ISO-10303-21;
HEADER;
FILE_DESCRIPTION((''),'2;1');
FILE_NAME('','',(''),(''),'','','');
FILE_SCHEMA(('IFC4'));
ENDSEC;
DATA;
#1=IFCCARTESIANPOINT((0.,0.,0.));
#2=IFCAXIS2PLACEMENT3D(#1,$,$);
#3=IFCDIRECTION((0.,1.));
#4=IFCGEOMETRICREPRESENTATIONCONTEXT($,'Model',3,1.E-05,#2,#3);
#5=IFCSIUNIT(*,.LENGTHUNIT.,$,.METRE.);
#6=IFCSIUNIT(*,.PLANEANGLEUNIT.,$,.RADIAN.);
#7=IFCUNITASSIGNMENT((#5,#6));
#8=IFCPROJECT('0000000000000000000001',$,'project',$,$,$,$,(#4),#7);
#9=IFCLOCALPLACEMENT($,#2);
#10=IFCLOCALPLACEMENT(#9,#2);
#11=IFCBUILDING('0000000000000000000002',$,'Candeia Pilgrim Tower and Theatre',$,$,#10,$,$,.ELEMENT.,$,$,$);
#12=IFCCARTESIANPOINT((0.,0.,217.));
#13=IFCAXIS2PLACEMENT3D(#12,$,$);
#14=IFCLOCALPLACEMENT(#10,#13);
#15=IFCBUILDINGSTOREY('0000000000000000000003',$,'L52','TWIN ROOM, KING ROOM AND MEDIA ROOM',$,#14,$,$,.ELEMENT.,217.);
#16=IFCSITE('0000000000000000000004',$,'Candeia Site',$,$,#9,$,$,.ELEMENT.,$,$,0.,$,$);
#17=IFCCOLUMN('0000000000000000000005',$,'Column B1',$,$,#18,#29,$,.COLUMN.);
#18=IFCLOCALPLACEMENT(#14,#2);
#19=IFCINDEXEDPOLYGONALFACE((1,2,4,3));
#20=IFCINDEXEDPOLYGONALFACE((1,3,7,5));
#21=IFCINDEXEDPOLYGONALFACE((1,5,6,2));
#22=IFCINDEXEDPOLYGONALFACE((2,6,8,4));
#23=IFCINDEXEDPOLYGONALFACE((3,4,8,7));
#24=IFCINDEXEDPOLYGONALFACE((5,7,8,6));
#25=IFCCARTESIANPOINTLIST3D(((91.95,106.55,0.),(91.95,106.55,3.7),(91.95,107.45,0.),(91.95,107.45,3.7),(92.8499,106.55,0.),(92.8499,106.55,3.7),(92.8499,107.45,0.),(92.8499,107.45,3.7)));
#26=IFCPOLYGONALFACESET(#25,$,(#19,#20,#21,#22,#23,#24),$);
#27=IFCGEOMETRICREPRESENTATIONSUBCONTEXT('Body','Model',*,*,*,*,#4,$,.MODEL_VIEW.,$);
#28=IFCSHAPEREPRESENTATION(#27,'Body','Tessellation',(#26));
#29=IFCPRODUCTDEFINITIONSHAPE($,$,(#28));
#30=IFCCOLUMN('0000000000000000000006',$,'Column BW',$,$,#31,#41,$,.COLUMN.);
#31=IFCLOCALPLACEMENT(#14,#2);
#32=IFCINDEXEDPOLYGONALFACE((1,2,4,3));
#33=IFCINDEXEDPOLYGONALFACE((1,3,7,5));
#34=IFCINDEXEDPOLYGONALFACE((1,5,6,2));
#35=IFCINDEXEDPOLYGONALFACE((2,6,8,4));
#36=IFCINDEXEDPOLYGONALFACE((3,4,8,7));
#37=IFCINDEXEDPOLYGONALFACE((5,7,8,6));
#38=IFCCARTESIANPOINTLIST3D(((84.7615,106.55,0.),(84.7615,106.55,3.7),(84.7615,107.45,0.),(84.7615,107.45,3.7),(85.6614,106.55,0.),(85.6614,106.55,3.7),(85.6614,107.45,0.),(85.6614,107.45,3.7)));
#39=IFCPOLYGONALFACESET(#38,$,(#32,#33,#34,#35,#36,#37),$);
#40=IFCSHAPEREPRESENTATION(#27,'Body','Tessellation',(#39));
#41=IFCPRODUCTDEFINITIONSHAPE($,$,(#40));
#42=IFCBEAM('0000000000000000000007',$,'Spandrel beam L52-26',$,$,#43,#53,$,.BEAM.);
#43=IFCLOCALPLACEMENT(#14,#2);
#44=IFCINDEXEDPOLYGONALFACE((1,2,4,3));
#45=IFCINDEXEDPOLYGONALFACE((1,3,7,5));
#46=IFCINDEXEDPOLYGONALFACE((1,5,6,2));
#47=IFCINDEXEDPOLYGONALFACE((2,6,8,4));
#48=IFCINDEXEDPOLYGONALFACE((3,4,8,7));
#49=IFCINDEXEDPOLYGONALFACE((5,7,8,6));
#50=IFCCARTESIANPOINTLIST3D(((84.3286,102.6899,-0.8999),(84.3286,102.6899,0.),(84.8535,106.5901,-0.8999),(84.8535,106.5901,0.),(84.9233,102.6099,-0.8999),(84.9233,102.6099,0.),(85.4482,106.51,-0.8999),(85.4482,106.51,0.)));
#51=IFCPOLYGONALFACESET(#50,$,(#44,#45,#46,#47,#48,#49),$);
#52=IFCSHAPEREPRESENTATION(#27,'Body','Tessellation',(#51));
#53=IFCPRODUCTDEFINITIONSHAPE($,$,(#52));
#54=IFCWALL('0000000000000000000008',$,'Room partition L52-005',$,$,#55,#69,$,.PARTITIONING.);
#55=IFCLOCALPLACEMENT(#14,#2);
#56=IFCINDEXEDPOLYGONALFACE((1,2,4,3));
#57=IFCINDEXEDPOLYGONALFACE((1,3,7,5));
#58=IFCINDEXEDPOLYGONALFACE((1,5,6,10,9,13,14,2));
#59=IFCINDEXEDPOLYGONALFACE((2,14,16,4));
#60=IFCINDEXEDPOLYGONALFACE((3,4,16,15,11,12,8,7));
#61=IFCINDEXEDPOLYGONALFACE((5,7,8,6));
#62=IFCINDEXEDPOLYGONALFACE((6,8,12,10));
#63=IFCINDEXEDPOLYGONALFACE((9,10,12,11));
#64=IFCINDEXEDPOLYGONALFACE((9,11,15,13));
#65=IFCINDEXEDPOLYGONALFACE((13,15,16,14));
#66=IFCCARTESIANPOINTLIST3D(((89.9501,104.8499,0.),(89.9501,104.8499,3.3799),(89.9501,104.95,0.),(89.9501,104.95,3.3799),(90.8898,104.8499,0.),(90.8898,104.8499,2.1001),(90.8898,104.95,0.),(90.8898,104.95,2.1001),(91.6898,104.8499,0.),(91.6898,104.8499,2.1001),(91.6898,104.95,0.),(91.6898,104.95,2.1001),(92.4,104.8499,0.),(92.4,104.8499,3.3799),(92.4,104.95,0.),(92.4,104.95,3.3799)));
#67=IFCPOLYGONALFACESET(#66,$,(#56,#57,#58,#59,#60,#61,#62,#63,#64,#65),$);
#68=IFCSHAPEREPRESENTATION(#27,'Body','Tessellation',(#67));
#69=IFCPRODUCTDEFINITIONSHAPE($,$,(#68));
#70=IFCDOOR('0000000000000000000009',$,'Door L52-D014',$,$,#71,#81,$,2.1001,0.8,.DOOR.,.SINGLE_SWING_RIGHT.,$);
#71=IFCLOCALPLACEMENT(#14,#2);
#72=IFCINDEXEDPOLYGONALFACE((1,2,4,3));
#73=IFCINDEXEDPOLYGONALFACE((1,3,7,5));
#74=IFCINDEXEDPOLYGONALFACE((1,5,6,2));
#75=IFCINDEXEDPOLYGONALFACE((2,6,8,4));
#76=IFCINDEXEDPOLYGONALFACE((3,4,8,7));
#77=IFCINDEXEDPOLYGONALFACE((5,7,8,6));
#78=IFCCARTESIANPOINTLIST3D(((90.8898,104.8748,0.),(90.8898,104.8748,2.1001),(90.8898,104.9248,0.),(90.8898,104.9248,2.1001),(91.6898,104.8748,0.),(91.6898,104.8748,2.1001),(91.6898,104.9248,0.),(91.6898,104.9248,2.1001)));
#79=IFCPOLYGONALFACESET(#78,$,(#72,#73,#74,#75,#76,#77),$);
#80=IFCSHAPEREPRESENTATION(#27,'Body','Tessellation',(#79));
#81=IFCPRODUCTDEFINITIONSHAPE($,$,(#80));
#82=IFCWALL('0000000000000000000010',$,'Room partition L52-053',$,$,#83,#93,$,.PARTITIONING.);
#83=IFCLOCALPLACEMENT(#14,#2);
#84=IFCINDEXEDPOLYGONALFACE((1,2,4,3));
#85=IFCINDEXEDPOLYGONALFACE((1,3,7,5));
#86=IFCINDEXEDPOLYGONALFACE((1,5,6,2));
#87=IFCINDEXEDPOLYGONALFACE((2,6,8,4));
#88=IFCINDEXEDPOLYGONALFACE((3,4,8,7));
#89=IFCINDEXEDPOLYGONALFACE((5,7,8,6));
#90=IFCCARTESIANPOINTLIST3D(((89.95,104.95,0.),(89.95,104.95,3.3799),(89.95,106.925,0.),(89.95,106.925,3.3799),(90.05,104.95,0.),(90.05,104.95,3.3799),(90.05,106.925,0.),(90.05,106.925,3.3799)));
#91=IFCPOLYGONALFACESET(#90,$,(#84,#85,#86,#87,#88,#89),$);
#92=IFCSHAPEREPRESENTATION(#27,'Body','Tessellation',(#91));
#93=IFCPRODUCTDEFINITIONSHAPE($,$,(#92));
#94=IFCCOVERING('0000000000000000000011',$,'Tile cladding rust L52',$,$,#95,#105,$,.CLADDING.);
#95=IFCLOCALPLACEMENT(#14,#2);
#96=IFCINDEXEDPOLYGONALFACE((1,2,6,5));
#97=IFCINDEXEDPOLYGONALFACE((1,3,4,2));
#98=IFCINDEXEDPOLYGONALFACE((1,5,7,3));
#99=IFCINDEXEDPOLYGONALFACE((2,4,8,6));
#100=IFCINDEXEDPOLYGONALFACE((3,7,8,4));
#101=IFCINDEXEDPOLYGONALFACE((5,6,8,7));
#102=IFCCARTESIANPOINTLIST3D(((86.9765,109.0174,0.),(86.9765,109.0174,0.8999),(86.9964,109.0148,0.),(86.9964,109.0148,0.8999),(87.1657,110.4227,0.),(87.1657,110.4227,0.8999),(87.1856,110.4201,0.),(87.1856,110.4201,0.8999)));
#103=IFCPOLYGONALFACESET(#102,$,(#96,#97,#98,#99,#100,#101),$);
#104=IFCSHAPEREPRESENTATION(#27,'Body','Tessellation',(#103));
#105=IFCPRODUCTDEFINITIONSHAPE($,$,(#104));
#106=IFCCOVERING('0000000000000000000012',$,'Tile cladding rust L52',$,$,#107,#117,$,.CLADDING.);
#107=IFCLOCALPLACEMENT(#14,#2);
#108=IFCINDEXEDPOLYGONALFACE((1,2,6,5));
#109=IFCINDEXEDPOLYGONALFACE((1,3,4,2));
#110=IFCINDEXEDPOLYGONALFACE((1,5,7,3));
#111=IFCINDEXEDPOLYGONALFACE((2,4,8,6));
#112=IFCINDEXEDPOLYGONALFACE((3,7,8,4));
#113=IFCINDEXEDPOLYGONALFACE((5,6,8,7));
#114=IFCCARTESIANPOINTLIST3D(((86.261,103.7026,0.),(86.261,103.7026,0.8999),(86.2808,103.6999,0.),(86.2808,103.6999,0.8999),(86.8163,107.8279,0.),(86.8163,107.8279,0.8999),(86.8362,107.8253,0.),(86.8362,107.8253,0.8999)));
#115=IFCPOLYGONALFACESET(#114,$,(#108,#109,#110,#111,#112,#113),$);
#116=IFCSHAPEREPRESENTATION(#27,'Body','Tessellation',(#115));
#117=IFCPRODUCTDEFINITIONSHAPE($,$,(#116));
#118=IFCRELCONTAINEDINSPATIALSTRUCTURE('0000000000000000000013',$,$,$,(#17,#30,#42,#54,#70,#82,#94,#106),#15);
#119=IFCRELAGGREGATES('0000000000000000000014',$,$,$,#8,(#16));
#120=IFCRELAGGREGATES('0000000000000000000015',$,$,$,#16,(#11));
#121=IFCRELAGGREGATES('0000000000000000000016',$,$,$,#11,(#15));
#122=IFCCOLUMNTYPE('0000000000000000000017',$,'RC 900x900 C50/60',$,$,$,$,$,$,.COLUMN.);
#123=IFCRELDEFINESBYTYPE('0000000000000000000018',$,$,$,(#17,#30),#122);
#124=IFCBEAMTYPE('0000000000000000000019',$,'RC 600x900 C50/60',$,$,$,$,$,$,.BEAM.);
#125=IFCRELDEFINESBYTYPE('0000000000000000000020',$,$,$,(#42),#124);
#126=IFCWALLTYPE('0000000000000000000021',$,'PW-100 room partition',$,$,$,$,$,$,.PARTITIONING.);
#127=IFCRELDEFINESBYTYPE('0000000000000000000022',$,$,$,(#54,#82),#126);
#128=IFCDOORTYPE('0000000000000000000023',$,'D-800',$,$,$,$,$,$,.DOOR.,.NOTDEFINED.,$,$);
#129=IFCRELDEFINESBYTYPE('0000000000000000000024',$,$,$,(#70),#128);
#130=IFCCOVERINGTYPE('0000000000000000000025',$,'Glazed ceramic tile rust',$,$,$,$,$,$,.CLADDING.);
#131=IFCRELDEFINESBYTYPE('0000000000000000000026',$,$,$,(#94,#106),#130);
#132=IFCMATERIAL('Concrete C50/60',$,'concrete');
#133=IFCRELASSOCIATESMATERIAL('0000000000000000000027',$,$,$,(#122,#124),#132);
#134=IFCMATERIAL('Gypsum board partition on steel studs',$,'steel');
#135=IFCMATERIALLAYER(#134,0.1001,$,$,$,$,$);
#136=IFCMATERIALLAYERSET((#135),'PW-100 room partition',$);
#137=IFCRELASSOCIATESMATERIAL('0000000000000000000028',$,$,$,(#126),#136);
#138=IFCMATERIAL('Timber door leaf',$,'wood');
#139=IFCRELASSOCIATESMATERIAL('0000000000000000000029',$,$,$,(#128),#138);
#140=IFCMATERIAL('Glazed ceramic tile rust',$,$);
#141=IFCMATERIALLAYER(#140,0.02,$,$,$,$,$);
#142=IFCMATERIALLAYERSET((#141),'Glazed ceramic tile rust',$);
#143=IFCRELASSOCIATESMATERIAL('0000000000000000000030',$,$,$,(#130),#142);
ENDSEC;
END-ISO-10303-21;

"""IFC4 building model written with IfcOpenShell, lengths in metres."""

from ifc_helpers import new_model, si_unit, direction, frame, frame_2d, origin, origin_2d, place, context, subcontext, project, spatial, rectangle, extrude, material, layer, layer_set, material_profile, profile_set, type_object, element, fill, save


model = new_model("IFC4")

# Units and contexts
model_context = context("Model", 3, precision=1e-05, world=origin(), true_north=direction((0.0, 1.0)))
body_context = subcontext(model_context, "Body", "Model", "MODEL_VIEW")
ifc_project = project(units=[si_unit("LENGTHUNIT", "METRE"), si_unit("PLANEANGLEUNIT", "RADIAN")], contexts=[model_context])

# Site, building, storey
site_placement = place(None, origin())
site = spatial("IfcSite", under=ifc_project, at=site_placement, Name="Candeia Site", CompositionType="ELEMENT", RefElevation=0.0)
building_placement = place(site_placement, origin())
building = spatial("IfcBuilding", under=site, at=building_placement, Name="Candeia Pilgrim Tower and Theatre", CompositionType="ELEMENT")
storey_placement = place(building_placement, frame((0.0, 0.0, 217.0)))
storey = spatial("IfcBuildingStorey", under=building, at=storey_placement, Name="L52", Description="TWIN ROOM, KING ROOM AND MEDIA ROOM", CompositionType="ELEMENT", Elevation=217.0)

# Columns
ifc_material_1 = material(Name="Concrete C50/60", Category="concrete")
ifc_material_profile_1 = material_profile(ifc_material_1, rectangle(XDim=0.8999, YDim=0.8999, at=origin_2d()))
ifc_profile_set_1 = profile_set([ifc_material_profile_1], Name="Concrete C50/60")
column_type = type_object("IfcColumnType", Name="RC 900x900 C50/60", PredefinedType="COLUMN", material=ifc_profile_set_1)
for number, where, z_axis, x_axis, name in (
    (1, (92.3999, 107.0, 0.0), (0.0, 0.0, 1.0), (1.0, 0.0, 0.0), "Column B1"),
    (2, (85.2114, 107.0, 0.0), (0.0, 0.0, 1.0), (1.0, 0.0, 0.0), "Column BW"),
):
    element("IfcColumn", number, at=place(storey_placement, frame(where, z_axis=z_axis, x_axis=x_axis)), inside=storey, type_object=column_type, Name=name, PredefinedType="COLUMN", context=body_context, shape_type="SweptSolid", body=[
        extrude(rectangle(XDim=0.8999, YDim=0.8999, at=origin_2d()), origin(), (0.0, 0.0, 1.0), 3.7),
    ])

# Beam
ifc_material_profile_2 = material_profile(ifc_material_1, rectangle(XDim=0.6001, YDim=0.8999, at=origin_2d()))
ifc_profile_set_2 = profile_set([ifc_material_profile_2], Name="Concrete C50/60")
beam_type = type_object("IfcBeamType", Name="RC 600x900 C50/60", PredefinedType="BEAM", material=ifc_profile_set_2)
beam_placement = place(storey_placement, frame((85.1509, 106.55, -0.45), z_axis=(-0.133383, -0.991065, 0.0), x_axis=(0.991065, -0.133383, 0.0)))
element("IfcBeam", 3, at=beam_placement, inside=storey, type_object=beam_type, Name="Spandrel beam L52-26", PredefinedType="BEAM", context=body_context, shape_type="SweptSolid", body=[
    extrude(rectangle(XDim=0.6001, YDim=0.8999, at=origin_2d()), origin(), (0.0, 0.0, 1.0), 3.9353),
])

# Wall, opening, door
ifc_material_2 = material(Name="Gypsum board partition on steel studs", Category="steel")
ifc_layer_1 = layer(ifc_material_2, 0.1001)
ifc_layer_set_1 = layer_set([ifc_layer_1], Name="PW-100 room partition")
wall_type_1 = type_object("IfcWallType", Name="PW-100 room partition", PredefinedType="PARTITIONING", material=ifc_layer_set_1)
wall_1_placement = place(storey_placement, frame((89.95, 104.8999, 0.0), z_axis=(0.0, 0.0, 1.0), x_axis=(1.0, 0.0, 0.0)))
wall_1 = element("IfcWall", 4, at=wall_1_placement, inside=storey, type_object=wall_type_1, Name="Room partition L52-005", PredefinedType="PARTITIONING", context=body_context, shape_type="SweptSolid", body=[
    extrude(rectangle(XDim=2.45, YDim=0.1001, at=frame_2d((1.2251, 0.0))), origin(), (0.0, 0.0, 1.0), 3.3799),
])
opening_1_placement = place(wall_1_placement, frame((0.9399, 0.0, 0.0)))
opening_1 = element("IfcOpeningElement", 5, at=opening_1_placement, cuts=wall_1, PredefinedType="OPENING", context=body_context, shape_type="SweptSolid", body=[
    extrude(rectangle(XDim=0.8, YDim=2.1001, at=frame_2d((0.3999, 1.05))), frame((0.0, 0.0601, 0.0), z_axis=(0.0, -1.0, 0.0), x_axis=(1.0, 0.0, 0.0)), (0.0, 0.0, 1.0), 0.1201),
])
ifc_material_3 = material(Name="Timber door leaf", Category="wood")
door_type_1 = type_object("IfcDoorType", Name="D-800", OperationType="NOTDEFINED", PredefinedType="DOOR", material=ifc_material_3)
door_1_placement = place(opening_1_placement, origin())
door_1 = element("IfcDoor", 6, at=door_1_placement, inside=storey, type_object=door_type_1, Name="Door L52-D014", OperationType="SINGLE_SWING_RIGHT", OverallHeight=2.1001, OverallWidth=0.8, PredefinedType="DOOR", context=body_context, shape_type="SweptSolid", body=[
    extrude(rectangle(XDim=0.8, YDim=2.1001, at=frame_2d((0.3999, 1.05))), frame((0.0, 0.0249, 0.0), z_axis=(0.0, -1.0, 0.0), x_axis=(1.0, 0.0, 0.0)), (0.0, 0.0, 1.0), 0.05),
])
fill(opening_1, door_1)

# Wall
wall_2_placement = place(storey_placement, frame((90.0, 104.95, 0.0), z_axis=(0.0, 0.0, 1.0), x_axis=(0.0, 1.0, 0.0)))
element("IfcWall", 7, at=wall_2_placement, inside=storey, type_object=wall_type_1, Name="Room partition L52-053", PredefinedType="PARTITIONING", context=body_context, shape_type="SweptSolid", body=[
    extrude(rectangle(XDim=1.9751, YDim=0.1001, at=frame_2d((0.9875, 0.0))), origin(), (0.0, 0.0, 1.0), 3.3799),
])

# Coverings
ifc_material_4 = material(Name="Glazed ceramic tile rust")
ifc_layer_2 = layer(ifc_material_4, 0.02)
ifc_layer_set_2 = layer_set([ifc_layer_2], Name="Glazed ceramic tile rust")
covering_type = type_object("IfcCoveringType", Name="Glazed ceramic tile rust", PredefinedType="CLADDING", material=ifc_layer_set_2)
covering_1_placement = place(storey_placement, frame((87.0811, 109.7188, 0.0), z_axis=(0.0, 0.0, 1.0), x_axis=(-0.133412, -0.991061, 0.0)))
element("IfcCovering", 8, at=covering_1_placement, inside=storey, type_object=covering_type, Name="Tile cladding rust L52", PredefinedType="CLADDING", context=body_context, shape_type="SweptSolid", body=[
    extrude(rectangle(XDim=1.418, YDim=0.02, at=origin_2d()), origin(), (0.0, 0.0, 1.0), 0.8999),
])
covering_2_placement = place(storey_placement, frame((86.5486, 105.7639, 0.0), z_axis=(0.0, 0.0, 1.0), x_axis=(-0.133412, -0.991061, 0.0)))
element("IfcCovering", 9, at=covering_2_placement, inside=storey, type_object=covering_type, Name="Tile cladding rust L52", PredefinedType="CLADDING", context=body_context, shape_type="SweptSolid", body=[
    extrude(rectangle(XDim=4.1626, YDim=0.02, at=origin_2d()), origin(), (0.0, 0.0, 1.0), 0.8999),
])

save(model, "model.ifc")
